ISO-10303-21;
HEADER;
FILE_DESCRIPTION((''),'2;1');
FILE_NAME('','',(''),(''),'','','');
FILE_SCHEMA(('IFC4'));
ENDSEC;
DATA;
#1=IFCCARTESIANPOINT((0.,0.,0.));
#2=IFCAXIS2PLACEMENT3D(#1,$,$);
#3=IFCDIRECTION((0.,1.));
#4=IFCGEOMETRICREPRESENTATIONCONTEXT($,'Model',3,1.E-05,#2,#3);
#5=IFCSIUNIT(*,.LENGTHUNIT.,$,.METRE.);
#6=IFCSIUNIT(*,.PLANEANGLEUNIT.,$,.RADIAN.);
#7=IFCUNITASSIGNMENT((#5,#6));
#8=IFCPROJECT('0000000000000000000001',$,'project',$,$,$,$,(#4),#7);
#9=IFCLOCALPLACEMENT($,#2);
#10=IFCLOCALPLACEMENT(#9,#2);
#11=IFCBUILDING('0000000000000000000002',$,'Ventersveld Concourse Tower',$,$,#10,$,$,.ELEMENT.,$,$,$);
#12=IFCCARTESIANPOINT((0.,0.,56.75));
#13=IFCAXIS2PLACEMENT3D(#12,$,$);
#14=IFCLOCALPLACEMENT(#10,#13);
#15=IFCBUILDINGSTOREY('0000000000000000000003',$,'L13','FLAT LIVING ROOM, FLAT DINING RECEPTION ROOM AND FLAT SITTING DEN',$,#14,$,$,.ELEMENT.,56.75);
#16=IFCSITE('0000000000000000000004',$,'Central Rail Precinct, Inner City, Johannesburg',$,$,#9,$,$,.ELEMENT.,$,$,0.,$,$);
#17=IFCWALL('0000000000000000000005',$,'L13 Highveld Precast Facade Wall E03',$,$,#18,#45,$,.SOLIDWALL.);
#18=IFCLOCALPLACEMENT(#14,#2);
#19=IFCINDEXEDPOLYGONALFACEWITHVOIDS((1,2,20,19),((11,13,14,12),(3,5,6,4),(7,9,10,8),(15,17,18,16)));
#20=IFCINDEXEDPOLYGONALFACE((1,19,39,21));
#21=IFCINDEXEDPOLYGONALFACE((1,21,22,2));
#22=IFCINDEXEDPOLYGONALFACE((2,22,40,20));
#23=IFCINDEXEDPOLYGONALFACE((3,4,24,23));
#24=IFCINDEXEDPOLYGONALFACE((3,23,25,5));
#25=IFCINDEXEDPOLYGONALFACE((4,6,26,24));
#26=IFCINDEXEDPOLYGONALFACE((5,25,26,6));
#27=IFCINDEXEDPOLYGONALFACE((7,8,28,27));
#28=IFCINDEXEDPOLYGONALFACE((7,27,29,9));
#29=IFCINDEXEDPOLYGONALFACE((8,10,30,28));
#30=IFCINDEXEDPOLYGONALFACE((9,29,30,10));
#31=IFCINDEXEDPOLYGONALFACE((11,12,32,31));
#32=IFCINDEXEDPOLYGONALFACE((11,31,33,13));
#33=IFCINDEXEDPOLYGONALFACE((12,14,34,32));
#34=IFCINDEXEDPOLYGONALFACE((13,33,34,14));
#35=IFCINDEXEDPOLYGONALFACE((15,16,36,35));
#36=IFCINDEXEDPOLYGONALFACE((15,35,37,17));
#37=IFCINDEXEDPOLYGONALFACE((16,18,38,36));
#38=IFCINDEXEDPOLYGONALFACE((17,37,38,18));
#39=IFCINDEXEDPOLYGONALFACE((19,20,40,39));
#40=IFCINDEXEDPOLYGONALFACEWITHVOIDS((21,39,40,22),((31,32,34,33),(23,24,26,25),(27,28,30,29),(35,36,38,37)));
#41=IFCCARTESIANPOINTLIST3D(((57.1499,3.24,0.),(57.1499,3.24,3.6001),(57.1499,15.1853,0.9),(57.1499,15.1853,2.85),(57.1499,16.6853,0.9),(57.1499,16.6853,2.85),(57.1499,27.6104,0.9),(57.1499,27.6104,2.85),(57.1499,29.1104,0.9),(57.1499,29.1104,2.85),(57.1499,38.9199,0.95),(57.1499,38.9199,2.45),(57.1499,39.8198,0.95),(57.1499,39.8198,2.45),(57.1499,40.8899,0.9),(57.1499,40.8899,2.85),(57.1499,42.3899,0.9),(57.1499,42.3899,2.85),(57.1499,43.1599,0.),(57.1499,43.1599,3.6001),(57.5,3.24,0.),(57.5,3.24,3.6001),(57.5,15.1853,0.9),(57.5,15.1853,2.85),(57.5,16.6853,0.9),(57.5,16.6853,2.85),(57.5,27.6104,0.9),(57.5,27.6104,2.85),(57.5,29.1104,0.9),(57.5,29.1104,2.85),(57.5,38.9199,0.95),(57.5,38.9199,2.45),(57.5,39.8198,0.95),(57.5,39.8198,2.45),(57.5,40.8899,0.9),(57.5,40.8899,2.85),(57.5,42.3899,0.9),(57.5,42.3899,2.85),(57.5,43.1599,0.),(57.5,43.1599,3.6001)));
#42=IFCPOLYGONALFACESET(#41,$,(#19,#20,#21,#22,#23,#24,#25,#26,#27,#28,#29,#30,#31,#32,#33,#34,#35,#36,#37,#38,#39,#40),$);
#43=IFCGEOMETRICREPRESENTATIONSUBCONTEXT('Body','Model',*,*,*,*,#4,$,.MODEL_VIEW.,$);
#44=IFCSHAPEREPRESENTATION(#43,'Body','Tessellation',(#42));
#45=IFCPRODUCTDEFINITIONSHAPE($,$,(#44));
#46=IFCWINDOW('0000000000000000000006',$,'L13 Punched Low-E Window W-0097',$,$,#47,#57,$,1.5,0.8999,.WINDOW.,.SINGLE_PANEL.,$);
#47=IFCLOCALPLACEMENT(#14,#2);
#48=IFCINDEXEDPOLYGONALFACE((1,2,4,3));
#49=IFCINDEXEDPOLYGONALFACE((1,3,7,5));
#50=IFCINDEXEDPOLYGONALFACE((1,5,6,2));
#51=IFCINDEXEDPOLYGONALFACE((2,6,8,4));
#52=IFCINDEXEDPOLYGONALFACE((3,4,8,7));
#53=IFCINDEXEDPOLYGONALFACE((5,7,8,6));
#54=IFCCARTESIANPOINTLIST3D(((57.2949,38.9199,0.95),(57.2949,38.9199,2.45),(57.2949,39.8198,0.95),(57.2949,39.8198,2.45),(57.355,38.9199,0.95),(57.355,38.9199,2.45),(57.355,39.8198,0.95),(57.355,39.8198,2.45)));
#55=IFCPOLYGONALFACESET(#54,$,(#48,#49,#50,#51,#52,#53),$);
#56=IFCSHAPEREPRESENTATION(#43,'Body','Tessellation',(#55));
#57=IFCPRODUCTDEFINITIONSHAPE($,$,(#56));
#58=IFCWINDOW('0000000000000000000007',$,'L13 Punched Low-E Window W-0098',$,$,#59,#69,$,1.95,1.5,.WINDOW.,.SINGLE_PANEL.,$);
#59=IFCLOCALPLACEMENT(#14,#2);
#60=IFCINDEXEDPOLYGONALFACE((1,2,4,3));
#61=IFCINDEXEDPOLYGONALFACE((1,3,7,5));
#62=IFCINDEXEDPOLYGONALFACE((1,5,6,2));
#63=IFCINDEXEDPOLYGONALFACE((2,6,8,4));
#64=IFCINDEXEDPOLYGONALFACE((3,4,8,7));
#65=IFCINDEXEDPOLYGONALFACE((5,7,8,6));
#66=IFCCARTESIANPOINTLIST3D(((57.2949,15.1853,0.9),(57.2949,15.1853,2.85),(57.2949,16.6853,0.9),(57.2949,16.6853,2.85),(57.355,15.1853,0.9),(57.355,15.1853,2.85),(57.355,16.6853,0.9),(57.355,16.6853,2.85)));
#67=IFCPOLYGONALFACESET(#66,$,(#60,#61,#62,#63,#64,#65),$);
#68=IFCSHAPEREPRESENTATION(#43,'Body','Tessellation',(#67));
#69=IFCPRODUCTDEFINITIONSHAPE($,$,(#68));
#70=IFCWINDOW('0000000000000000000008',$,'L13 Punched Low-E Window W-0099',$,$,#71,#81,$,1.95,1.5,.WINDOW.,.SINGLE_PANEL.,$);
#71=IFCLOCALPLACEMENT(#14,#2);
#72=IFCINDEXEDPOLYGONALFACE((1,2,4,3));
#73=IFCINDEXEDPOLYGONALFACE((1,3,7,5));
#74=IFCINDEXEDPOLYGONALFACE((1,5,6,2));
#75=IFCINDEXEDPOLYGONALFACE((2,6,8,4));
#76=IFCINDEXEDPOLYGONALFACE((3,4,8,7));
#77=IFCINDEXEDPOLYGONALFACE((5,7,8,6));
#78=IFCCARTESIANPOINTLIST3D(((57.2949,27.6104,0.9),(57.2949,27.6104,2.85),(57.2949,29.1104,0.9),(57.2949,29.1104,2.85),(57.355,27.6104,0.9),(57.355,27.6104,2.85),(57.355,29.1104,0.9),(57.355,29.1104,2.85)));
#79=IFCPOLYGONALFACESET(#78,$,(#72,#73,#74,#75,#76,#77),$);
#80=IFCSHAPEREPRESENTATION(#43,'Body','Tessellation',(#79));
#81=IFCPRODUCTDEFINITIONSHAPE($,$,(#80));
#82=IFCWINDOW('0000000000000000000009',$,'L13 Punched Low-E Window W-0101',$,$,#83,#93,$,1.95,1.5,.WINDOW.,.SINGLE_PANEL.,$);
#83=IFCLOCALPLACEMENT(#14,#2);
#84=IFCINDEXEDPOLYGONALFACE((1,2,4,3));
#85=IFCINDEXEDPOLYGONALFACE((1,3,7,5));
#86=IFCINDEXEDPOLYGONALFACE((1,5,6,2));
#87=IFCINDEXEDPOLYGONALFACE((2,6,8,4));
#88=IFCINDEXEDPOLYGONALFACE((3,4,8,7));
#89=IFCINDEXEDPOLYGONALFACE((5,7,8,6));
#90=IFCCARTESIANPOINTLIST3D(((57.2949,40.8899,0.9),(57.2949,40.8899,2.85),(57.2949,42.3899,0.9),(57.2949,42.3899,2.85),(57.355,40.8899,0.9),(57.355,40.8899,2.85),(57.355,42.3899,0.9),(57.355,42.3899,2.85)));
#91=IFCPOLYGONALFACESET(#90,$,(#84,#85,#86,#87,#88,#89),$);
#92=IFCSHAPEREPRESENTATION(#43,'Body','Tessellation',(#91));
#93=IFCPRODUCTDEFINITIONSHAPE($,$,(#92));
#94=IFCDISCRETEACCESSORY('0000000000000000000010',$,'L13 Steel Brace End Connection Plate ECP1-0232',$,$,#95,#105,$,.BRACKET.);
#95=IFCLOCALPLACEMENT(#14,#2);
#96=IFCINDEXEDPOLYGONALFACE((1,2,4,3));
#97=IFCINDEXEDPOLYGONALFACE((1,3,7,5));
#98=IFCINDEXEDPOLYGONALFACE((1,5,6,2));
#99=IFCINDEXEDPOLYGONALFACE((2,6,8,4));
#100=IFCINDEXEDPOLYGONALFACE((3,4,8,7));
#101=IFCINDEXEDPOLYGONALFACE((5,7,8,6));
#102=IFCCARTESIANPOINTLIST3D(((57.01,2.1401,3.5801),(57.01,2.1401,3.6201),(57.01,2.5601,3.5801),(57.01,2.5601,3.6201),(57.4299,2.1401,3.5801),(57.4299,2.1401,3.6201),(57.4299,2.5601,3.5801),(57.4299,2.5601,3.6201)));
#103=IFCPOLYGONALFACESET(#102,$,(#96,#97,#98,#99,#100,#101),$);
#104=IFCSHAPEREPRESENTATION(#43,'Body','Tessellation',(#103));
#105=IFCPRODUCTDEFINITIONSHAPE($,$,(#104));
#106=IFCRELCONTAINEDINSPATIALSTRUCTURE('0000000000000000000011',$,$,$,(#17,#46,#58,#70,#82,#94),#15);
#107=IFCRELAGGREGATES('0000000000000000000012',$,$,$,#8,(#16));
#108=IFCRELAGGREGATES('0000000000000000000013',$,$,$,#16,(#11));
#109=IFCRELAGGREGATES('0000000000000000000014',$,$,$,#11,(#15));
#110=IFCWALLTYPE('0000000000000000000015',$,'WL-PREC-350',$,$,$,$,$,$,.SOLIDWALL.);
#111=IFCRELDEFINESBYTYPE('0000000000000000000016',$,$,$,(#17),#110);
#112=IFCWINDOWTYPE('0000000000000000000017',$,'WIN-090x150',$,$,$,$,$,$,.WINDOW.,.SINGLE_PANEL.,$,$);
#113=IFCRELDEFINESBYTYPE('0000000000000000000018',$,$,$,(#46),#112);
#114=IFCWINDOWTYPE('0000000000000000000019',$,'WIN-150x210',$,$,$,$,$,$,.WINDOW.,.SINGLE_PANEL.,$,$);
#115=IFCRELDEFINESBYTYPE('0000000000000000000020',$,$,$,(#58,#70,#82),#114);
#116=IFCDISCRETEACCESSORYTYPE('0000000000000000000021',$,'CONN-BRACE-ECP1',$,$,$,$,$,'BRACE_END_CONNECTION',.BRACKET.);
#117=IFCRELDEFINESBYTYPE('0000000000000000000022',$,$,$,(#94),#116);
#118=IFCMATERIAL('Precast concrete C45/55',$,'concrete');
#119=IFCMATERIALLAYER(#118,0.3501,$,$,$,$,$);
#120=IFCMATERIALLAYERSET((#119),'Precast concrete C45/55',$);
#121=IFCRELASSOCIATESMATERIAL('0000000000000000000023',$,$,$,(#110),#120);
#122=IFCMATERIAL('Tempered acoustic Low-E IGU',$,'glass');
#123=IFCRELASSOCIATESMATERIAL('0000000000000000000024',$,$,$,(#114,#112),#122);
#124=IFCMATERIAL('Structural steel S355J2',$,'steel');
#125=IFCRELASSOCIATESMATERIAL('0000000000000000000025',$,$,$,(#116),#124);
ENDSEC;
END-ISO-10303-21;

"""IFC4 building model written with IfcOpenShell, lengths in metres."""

from ifc_helpers import new_model, si_unit, direction, frame, frame_2d, origin, origin_2d, place, context, subcontext, project, spatial, rectangle, extrude, material, layer, layer_set, type_object, element, fill, save


model = new_model("IFC4")

# Units and contexts
model_context = context("Model", 3, precision=1e-05, world=origin(), true_north=direction((0.0, 1.0)))
body_context = subcontext(model_context, "Body", "Model", "MODEL_VIEW")
ifc_project = project(units=[si_unit("LENGTHUNIT", "METRE"), si_unit("PLANEANGLEUNIT", "RADIAN")], contexts=[model_context])

# Site, building, storey
site_placement = place(None, origin())
site = spatial("IfcSite", under=ifc_project, at=site_placement, Name="Central Rail Precinct, Inner City, Johannesburg", CompositionType="ELEMENT", RefElevation=0.0)
building_placement = place(site_placement, origin())
building = spatial("IfcBuilding", under=site, at=building_placement, Name="Ventersveld Concourse Tower", CompositionType="ELEMENT")
storey_placement = place(building_placement, frame((0.0, 0.0, 56.75)))
storey = spatial("IfcBuildingStorey", under=building, at=storey_placement, Name="L13", Description="FLAT LIVING ROOM, FLAT DINING RECEPTION ROOM AND FLAT SITTING DEN", CompositionType="ELEMENT", Elevation=56.75)

# Shared definitions
ifc_material_1 = material(Name="Structural steel S355J2", Category="steel")

# Shared definitions
ifc_material_2 = material(Name="Precast concrete C45/55", Category="concrete")
ifc_layer = layer(ifc_material_2, 0.3501)
ifc_layer_set = layer_set([ifc_layer], Name="Precast concrete C45/55")
wall_type = type_object("IfcWallType", Name="WL-PREC-350", PredefinedType="SOLIDWALL", material=ifc_layer_set)
ifc_material_3 = material(Name="Tempered acoustic Low-E IGU", Category="glass")
window_type_1 = type_object("IfcWindowType", Name="WIN-150x210", PartitioningType="SINGLE_PANEL", PredefinedType="WINDOW", material=ifc_material_3)

# Wall, openings, windows
wall_1_placement = place(storey_placement, frame((57.325, 3.24, 0.0), z_axis=(0.0, 0.0, 1.0), x_axis=(0.0, 1.0, 0.0)))
wall_1 = element("IfcWall", 1, at=wall_1_placement, inside=storey, type_object=wall_type, Name="L13 Highveld Precast Facade Wall E03", PredefinedType="SOLIDWALL", context=body_context, shape_type="SweptSolid", body=[
    extrude(rectangle(XDim=39.9199, YDim=0.3501, at=frame_2d((19.96, 0.0))), origin(), (0.0, 0.0, 1.0), 3.6001),
])
opening_1_placement = place(wall_1_placement, frame((35.6799, 0.0, 0.95)))
opening_1 = element("IfcOpeningElement", 2, at=opening_1_placement, cuts=wall_1, PredefinedType="OPENING", context=body_context, shape_type="SweptSolid", body=[
    extrude(rectangle(XDim=0.8999, YDim=1.5, at=frame_2d((0.45, 0.75))), frame((0.0, 0.1851, 0.0), z_axis=(0.0, -1.0, 0.0), x_axis=(1.0, 0.0, 0.0)), (0.0, 0.0, 1.0), 0.3701),
])
opening_2_placement = place(wall_1_placement, frame((11.9453, 0.0, 0.8999)))
opening_2 = element("IfcOpeningElement", 3, at=opening_2_placement, cuts=wall_1, PredefinedType="OPENING", context=body_context, shape_type="SweptSolid", body=[
    extrude(rectangle(XDim=1.5, YDim=1.95, at=frame_2d((0.75, 0.9751))), frame((0.0, 0.1851, 0.0), z_axis=(0.0, -1.0, 0.0), x_axis=(1.0, 0.0, 0.0)), (0.0, 0.0, 1.0), 0.3701),
])
opening_3_placement = place(wall_1_placement, frame((24.3704, 0.0, 0.8999)))
opening_3 = element("IfcOpeningElement", 4, at=opening_3_placement, cuts=wall_1, PredefinedType="OPENING", context=body_context, shape_type="SweptSolid", body=[
    extrude(rectangle(XDim=1.5, YDim=1.95, at=frame_2d((0.75, 0.9751))), frame((0.0, 0.1851, 0.0), z_axis=(0.0, -1.0, 0.0), x_axis=(1.0, 0.0, 0.0)), (0.0, 0.0, 1.0), 0.3701),
])
opening_4_placement = place(wall_1_placement, frame((37.6499, 0.0, 0.8999)))
opening_4 = element("IfcOpeningElement", 5, at=opening_4_placement, cuts=wall_1, PredefinedType="OPENING", context=body_context, shape_type="SweptSolid", body=[
    extrude(rectangle(XDim=1.5, YDim=1.95, at=frame_2d((0.75, 0.9751))), frame((0.0, 0.1851, 0.0), z_axis=(0.0, -1.0, 0.0), x_axis=(1.0, 0.0, 0.0)), (0.0, 0.0, 1.0), 0.3701),
])
window_type_2 = type_object("IfcWindowType", Name="WIN-090x150", PartitioningType="SINGLE_PANEL", PredefinedType="WINDOW", material=ifc_material_3)
window_1_placement = place(opening_1_placement, origin())
window_1 = element("IfcWindow", 6, at=window_1_placement, inside=storey, type_object=window_type_2, Name="L13 Punched Low-E Window W-0097", OverallHeight=1.5, OverallWidth=0.8999, PartitioningType="SINGLE_PANEL", PredefinedType="WINDOW", context=body_context, shape_type="SweptSolid", body=[
    extrude(rectangle(XDim=0.8999, YDim=1.5, at=frame_2d((0.45, 0.75))), frame((0.0, 0.03, 0.0), z_axis=(0.0, -1.0, 0.0), x_axis=(1.0, 0.0, 0.0)), (0.0, 0.0, 1.0), 0.0601),
])
fill(opening_1, window_1)
window_2_placement = place(opening_2_placement, origin())
window_2 = element("IfcWindow", 7, at=window_2_placement, inside=storey, type_object=window_type_1, Name="L13 Punched Low-E Window W-0098", OverallHeight=1.95, OverallWidth=1.5, PartitioningType="SINGLE_PANEL", PredefinedType="WINDOW", context=body_context, shape_type="SweptSolid", body=[
    extrude(rectangle(XDim=1.5, YDim=1.95, at=frame_2d((0.75, 0.9751))), frame((0.0, 0.03, 0.0), z_axis=(0.0, -1.0, 0.0), x_axis=(1.0, 0.0, 0.0)), (0.0, 0.0, 1.0), 0.0601),
])
fill(opening_2, window_2)
window_3_placement = place(opening_3_placement, origin())
window_3 = element("IfcWindow", 8, at=window_3_placement, inside=storey, type_object=window_type_1, Name="L13 Punched Low-E Window W-0099", OverallHeight=1.95, OverallWidth=1.5, PartitioningType="SINGLE_PANEL", PredefinedType="WINDOW", context=body_context, shape_type="SweptSolid", body=[
    extrude(rectangle(XDim=1.5, YDim=1.95, at=frame_2d((0.75, 0.9751))), frame((0.0, 0.03, 0.0), z_axis=(0.0, -1.0, 0.0), x_axis=(1.0, 0.0, 0.0)), (0.0, 0.0, 1.0), 0.0601),
])
fill(opening_3, window_3)
window_4_placement = place(opening_4_placement, origin())
window_4 = element("IfcWindow", 9, at=window_4_placement, inside=storey, type_object=window_type_1, Name="L13 Punched Low-E Window W-0101", OverallHeight=1.95, OverallWidth=1.5, PartitioningType="SINGLE_PANEL", PredefinedType="WINDOW", context=body_context, shape_type="SweptSolid", body=[
    extrude(rectangle(XDim=1.5, YDim=1.95, at=frame_2d((0.75, 0.9751))), frame((0.0, 0.03, 0.0), z_axis=(0.0, -1.0, 0.0), x_axis=(1.0, 0.0, 0.0)), (0.0, 0.0, 1.0), 0.0601),
])
fill(opening_4, window_4)

# Discrete accessory
discrete_accessory_type = type_object("IfcDiscreteAccessoryType", Name="CONN-BRACE-ECP1", ElementType="BRACE_END_CONNECTION", PredefinedType="BRACKET", material=ifc_material_1)
discrete_accessory_placement = place(storey_placement, frame((57.22, 2.3501, 3.5801), z_axis=(0.0, 0.0, 1.0), x_axis=(1.0, 0.0, 0.0)))
element("IfcDiscreteAccessory", 10, at=discrete_accessory_placement, inside=storey, type_object=discrete_accessory_type, Name="L13 Steel Brace End Connection Plate ECP1-0232", PredefinedType="BRACKET", context=body_context, shape_type="SweptSolid", body=[
    extrude(rectangle(XDim=0.4199, YDim=0.4199, at=origin_2d()), origin(), (0.0, 0.0, 1.0), 0.04),
])

save(model, "model.ifc")
